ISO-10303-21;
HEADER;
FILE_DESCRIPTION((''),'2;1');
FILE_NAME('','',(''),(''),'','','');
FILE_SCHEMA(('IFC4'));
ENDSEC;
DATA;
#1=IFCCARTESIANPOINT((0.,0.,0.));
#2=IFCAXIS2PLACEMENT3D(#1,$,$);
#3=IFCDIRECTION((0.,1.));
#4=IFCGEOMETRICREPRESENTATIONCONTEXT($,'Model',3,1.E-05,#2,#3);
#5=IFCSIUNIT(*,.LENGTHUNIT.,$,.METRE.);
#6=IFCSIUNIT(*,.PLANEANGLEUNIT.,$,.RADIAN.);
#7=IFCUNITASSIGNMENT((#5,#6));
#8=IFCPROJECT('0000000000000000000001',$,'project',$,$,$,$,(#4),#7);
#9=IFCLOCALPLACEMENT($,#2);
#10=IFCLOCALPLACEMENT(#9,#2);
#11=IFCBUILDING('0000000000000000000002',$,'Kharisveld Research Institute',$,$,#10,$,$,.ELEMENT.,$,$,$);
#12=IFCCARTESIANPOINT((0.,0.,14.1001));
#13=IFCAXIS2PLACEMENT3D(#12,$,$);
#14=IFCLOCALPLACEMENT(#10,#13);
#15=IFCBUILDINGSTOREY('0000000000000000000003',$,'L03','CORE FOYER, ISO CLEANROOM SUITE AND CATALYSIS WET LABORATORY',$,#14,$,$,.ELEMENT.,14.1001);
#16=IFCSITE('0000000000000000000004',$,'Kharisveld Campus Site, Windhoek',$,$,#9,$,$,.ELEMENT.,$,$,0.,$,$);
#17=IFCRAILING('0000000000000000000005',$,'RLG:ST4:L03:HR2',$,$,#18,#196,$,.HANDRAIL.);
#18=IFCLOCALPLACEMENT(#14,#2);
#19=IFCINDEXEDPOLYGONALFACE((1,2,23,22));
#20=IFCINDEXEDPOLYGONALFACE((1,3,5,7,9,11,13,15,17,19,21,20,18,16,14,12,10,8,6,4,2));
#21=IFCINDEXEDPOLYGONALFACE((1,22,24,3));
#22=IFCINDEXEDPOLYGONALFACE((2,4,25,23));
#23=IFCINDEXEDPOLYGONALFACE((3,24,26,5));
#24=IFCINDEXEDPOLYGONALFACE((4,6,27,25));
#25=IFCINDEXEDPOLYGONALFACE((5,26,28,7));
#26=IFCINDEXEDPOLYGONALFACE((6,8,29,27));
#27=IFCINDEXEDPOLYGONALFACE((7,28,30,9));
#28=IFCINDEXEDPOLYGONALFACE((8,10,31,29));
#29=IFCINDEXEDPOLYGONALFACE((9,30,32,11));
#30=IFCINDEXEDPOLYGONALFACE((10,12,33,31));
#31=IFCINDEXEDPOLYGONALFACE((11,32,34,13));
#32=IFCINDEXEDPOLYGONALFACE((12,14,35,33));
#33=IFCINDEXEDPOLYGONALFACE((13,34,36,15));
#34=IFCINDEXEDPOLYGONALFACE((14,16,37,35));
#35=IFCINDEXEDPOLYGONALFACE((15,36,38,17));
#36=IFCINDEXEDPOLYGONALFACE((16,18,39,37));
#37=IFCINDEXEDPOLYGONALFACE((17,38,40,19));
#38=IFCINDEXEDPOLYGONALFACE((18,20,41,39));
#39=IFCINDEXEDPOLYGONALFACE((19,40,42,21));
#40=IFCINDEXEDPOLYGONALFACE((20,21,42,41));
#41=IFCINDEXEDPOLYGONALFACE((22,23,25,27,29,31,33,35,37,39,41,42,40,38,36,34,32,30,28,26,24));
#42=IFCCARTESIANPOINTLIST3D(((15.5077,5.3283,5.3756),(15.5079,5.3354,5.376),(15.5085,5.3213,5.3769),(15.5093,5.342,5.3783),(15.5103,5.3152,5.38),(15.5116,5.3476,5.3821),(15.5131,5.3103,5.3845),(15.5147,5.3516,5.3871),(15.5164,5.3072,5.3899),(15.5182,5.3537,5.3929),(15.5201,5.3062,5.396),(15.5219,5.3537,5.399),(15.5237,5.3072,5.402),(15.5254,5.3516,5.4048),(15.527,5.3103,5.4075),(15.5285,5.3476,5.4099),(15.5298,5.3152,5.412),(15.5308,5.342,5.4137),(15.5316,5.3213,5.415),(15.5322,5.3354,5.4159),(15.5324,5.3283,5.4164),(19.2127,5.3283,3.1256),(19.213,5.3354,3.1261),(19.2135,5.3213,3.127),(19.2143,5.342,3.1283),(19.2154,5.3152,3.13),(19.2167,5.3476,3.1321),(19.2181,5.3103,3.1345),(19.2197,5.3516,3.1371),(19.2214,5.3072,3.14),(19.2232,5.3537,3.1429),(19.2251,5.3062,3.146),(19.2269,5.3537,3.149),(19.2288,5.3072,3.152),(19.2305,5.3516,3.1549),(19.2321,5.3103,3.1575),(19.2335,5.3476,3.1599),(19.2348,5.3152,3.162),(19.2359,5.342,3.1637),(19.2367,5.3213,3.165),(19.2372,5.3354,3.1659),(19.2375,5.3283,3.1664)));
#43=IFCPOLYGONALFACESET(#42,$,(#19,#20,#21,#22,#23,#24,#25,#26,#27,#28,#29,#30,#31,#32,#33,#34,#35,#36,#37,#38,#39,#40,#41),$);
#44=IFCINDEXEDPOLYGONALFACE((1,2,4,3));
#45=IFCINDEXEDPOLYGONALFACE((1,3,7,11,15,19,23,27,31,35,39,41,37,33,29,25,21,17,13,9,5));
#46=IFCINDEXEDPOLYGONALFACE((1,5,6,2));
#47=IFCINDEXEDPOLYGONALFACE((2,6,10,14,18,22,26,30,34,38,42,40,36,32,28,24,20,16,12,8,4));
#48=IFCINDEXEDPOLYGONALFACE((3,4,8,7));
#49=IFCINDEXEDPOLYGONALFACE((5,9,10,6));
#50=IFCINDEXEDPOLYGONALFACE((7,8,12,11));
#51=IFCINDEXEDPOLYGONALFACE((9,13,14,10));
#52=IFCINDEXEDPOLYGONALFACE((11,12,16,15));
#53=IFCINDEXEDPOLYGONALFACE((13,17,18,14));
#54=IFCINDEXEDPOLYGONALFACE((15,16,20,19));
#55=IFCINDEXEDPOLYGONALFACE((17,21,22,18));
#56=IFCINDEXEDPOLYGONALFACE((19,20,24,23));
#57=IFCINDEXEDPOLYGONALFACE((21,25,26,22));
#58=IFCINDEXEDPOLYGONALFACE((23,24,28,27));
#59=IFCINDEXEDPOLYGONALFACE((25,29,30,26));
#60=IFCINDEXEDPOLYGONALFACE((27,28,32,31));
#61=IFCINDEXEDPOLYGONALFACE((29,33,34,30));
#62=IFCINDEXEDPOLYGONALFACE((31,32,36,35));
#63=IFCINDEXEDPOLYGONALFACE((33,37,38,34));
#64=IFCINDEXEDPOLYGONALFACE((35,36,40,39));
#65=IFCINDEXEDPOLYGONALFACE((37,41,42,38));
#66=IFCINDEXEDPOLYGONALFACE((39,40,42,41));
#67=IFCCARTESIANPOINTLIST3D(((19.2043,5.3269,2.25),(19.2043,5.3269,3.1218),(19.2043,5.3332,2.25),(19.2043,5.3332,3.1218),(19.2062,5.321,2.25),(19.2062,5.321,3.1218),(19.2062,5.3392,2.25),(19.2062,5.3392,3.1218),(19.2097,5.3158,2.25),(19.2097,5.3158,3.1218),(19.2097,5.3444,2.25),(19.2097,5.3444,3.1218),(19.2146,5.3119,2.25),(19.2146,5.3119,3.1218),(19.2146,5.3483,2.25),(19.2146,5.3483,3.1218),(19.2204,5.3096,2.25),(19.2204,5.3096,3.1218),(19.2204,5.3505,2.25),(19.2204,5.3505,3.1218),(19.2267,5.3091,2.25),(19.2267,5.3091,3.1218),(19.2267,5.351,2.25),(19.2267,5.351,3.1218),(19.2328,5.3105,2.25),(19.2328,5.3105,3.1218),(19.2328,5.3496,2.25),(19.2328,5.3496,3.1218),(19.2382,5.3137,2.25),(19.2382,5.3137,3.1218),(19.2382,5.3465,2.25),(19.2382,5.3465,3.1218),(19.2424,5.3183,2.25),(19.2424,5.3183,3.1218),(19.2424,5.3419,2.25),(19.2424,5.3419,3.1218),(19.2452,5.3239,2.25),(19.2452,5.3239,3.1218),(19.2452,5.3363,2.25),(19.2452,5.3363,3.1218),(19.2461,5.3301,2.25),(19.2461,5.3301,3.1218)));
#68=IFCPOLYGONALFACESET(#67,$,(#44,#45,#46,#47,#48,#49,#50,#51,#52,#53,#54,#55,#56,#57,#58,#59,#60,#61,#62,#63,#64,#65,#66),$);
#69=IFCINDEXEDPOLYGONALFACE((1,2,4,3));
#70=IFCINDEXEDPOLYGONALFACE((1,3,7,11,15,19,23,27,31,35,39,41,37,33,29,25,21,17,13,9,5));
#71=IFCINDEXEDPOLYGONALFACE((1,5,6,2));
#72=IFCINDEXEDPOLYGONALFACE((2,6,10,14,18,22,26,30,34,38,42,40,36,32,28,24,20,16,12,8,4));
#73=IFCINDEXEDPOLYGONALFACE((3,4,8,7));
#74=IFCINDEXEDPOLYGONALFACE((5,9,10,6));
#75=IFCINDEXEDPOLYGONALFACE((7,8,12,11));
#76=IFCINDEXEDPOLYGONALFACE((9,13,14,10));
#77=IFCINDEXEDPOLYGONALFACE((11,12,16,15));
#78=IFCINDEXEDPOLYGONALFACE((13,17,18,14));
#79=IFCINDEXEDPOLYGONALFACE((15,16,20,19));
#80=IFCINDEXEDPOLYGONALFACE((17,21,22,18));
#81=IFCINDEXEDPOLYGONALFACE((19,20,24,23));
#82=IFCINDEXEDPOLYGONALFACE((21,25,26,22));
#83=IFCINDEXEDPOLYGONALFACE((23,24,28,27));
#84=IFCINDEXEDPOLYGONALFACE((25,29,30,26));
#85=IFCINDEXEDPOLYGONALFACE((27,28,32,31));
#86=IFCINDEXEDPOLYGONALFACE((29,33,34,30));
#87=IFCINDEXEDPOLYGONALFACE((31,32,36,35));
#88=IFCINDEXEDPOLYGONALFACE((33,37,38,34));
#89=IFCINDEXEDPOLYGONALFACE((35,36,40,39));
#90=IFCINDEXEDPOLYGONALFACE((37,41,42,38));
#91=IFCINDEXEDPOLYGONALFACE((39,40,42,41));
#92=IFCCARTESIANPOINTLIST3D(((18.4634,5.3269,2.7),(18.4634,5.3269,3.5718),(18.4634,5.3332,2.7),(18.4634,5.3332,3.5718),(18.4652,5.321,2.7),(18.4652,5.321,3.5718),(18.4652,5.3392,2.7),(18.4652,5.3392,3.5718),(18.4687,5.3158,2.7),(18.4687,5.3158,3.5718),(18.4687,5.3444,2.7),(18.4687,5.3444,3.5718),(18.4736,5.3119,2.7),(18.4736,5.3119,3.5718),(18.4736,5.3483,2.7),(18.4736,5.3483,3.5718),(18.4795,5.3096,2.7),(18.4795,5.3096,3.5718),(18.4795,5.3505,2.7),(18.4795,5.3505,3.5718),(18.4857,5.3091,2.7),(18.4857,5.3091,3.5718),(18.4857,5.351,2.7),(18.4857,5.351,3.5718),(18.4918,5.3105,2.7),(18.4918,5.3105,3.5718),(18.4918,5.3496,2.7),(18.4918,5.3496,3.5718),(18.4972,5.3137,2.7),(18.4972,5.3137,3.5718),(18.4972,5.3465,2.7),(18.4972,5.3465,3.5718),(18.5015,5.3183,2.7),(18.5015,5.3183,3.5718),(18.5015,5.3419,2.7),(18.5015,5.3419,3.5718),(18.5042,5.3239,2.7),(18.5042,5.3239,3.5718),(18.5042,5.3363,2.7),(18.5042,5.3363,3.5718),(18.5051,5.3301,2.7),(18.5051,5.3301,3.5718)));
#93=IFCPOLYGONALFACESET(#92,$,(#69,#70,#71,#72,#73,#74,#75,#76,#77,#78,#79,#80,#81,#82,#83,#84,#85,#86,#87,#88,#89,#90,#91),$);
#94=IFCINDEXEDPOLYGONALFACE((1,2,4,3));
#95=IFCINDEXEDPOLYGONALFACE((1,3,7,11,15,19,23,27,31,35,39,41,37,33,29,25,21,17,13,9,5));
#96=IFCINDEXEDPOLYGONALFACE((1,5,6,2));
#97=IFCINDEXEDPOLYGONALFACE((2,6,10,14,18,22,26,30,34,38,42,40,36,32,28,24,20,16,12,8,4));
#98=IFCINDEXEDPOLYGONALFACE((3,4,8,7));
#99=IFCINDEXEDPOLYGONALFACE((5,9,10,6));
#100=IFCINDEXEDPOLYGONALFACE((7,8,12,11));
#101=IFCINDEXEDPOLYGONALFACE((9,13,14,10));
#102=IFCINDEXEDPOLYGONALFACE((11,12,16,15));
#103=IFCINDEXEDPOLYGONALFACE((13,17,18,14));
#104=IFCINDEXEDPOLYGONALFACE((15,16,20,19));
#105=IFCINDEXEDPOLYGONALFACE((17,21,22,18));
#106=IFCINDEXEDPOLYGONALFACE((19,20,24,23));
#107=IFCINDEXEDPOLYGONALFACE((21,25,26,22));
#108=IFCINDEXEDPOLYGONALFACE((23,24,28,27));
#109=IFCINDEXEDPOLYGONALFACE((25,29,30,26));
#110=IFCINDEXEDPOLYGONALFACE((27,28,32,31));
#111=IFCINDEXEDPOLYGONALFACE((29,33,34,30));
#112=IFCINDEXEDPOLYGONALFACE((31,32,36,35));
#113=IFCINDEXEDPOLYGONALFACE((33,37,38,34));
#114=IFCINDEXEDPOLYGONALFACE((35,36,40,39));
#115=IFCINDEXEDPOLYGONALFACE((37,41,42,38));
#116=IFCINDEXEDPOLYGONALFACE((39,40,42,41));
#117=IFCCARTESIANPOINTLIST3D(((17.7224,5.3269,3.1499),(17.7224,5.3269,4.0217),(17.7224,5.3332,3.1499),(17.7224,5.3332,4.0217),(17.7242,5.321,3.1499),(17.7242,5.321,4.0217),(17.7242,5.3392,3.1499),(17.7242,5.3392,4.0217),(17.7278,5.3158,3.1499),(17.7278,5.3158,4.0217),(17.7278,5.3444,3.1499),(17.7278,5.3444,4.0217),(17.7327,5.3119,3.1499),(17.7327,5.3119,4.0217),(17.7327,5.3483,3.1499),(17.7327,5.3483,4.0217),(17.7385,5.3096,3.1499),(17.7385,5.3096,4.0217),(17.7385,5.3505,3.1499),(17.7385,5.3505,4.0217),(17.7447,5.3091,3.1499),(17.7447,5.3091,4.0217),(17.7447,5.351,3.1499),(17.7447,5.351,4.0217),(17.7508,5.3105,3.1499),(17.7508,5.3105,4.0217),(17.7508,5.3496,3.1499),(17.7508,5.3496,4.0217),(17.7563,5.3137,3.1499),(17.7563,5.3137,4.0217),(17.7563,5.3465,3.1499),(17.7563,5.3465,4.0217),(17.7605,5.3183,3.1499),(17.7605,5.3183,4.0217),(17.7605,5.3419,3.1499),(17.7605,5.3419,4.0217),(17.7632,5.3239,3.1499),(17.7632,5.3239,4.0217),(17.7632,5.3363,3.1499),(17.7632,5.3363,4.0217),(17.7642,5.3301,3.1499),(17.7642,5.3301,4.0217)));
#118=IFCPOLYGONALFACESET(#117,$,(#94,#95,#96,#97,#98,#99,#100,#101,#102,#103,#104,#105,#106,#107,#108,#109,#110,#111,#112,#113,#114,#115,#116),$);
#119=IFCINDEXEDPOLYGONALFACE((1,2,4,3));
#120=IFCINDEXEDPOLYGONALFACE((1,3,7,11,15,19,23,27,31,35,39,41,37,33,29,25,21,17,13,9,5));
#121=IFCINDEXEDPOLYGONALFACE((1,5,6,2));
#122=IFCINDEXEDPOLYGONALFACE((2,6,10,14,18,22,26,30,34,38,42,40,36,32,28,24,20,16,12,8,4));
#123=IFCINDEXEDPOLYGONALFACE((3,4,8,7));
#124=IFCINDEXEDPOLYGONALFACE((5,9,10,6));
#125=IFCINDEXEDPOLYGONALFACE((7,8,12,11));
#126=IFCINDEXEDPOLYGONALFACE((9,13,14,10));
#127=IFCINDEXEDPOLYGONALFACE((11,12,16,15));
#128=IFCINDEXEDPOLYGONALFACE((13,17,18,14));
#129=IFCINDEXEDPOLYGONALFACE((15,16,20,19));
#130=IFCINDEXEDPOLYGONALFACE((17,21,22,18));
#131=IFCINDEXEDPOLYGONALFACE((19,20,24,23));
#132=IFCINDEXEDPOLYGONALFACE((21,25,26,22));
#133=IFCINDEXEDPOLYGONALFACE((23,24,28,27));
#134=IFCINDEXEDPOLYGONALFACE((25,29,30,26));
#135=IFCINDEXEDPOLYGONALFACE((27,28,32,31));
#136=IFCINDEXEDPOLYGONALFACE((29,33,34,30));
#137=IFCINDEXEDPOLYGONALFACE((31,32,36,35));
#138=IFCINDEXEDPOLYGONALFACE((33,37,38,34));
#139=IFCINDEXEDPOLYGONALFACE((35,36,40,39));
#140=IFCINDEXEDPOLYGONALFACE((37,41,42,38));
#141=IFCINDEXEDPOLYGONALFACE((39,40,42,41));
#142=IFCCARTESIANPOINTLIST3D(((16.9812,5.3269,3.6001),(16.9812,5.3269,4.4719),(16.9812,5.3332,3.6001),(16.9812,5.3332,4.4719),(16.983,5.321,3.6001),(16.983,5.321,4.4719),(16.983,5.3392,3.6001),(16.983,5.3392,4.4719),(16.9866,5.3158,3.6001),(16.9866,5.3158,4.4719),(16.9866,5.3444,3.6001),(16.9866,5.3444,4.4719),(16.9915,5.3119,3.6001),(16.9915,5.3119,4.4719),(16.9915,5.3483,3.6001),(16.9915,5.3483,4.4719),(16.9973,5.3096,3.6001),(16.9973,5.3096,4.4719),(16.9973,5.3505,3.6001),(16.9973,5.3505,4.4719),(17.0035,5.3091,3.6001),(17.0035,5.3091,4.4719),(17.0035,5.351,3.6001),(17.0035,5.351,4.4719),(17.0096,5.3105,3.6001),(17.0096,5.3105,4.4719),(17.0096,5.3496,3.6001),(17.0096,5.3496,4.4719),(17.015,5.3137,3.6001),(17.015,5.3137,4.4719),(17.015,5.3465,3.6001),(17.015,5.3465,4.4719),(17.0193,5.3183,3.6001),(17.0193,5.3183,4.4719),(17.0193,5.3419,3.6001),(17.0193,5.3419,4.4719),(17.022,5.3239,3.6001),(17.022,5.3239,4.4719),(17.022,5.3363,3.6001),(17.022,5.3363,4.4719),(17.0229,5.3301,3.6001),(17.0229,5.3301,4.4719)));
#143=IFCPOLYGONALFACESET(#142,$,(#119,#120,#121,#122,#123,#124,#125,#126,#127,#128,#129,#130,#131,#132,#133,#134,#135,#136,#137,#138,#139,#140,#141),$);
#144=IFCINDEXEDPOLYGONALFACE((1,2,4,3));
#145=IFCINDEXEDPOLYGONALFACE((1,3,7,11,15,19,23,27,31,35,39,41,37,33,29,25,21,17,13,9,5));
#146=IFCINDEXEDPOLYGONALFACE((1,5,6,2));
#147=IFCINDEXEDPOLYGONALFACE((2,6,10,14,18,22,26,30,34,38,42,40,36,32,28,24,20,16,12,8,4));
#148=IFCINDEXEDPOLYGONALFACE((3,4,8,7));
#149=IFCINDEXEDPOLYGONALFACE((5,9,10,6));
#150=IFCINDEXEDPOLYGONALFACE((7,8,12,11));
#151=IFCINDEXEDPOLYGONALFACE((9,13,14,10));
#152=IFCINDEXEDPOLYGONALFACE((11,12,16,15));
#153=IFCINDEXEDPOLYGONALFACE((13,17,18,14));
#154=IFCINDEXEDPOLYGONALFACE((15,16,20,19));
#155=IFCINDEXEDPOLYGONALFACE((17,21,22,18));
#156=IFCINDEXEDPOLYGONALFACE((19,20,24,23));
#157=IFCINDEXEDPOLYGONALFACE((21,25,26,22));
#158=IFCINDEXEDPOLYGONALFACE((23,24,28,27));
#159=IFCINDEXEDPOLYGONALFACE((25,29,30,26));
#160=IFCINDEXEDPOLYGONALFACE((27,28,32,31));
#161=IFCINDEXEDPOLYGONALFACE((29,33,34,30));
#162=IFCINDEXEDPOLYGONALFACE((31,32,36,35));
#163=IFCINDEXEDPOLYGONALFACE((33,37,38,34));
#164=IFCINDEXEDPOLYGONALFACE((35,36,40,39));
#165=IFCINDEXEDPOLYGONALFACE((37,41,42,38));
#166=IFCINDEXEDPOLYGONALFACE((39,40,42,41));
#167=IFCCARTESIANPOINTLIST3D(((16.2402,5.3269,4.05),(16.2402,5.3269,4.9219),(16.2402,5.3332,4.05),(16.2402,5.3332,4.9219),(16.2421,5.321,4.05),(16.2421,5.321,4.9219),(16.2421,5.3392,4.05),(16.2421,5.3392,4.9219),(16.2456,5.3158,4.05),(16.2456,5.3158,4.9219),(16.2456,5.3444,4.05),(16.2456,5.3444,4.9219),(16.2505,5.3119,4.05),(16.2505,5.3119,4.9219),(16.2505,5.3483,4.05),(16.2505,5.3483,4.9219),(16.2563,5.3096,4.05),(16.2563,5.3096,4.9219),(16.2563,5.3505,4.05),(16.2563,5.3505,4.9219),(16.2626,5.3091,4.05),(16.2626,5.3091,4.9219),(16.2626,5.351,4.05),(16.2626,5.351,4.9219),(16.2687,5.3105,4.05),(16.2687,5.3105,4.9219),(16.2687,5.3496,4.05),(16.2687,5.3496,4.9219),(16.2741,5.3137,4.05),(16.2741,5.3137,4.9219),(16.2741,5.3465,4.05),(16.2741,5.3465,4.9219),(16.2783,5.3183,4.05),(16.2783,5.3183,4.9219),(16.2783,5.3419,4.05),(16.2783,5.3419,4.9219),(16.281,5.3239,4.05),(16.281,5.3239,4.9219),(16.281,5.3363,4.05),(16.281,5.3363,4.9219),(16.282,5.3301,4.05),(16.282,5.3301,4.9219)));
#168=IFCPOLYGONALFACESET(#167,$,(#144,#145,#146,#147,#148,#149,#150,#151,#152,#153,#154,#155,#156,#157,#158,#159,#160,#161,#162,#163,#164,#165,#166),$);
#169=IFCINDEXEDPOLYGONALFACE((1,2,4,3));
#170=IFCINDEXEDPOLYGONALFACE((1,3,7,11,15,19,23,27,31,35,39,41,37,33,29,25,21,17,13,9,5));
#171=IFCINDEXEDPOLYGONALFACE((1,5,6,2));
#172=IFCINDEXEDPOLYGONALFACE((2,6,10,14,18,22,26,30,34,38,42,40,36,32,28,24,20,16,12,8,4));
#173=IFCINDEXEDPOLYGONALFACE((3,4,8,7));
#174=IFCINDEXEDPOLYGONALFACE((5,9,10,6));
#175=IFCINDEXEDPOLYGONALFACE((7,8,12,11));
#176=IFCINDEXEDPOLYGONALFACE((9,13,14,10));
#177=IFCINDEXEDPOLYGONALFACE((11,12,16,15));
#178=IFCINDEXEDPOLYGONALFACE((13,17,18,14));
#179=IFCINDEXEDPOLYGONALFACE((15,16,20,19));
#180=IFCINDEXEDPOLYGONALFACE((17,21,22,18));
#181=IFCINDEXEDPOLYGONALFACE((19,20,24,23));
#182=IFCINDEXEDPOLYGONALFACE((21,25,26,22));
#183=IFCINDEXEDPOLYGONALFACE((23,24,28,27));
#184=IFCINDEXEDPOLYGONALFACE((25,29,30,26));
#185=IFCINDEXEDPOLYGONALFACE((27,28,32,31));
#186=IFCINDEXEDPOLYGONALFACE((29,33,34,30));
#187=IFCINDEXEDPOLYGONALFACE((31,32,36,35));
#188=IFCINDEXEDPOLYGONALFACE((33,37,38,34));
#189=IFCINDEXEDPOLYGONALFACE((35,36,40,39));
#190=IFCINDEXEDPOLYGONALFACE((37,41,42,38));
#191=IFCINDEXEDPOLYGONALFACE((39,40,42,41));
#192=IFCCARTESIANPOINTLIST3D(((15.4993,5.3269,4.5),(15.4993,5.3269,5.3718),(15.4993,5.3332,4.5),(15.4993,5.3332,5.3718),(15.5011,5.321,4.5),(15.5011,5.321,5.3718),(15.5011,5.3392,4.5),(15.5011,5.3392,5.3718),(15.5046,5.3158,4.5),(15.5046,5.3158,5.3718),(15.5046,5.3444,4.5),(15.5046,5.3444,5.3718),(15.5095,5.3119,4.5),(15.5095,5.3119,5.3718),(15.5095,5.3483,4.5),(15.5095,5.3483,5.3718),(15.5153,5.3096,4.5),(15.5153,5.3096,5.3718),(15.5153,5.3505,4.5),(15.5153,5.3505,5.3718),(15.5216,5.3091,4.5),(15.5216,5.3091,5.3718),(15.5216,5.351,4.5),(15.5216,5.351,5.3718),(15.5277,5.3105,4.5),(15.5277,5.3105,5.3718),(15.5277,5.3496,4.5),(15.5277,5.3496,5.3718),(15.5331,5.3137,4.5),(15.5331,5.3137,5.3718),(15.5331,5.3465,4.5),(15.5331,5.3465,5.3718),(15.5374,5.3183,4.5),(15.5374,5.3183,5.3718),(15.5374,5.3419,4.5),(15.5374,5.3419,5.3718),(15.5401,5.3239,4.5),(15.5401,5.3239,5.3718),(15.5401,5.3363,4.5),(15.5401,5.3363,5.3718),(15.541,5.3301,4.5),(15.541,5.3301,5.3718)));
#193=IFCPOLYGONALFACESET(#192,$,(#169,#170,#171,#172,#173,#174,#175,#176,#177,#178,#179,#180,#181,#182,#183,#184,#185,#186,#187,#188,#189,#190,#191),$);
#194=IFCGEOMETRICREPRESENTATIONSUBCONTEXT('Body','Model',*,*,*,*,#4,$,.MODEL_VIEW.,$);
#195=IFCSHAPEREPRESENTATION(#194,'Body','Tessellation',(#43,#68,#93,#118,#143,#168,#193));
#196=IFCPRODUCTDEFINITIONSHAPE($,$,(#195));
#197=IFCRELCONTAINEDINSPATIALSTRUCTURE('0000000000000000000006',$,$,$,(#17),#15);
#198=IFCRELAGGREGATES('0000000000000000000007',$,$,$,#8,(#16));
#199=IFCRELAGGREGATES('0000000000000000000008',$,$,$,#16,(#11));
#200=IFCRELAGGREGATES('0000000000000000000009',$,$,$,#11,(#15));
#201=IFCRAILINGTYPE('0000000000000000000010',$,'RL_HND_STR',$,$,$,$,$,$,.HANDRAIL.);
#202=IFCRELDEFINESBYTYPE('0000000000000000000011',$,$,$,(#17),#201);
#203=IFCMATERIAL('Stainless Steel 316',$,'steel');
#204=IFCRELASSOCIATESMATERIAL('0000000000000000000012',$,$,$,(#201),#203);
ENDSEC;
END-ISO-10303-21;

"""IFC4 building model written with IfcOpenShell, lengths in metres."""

from ifc_helpers import new_model, si_unit, direction, frame, origin, origin_2d, place, context, subcontext, project, spatial, circle, extrude, material, type_object, element, save


model = new_model("IFC4")

# Units and contexts
model_context = context("Model", 3, precision=1e-05, world=origin(), true_north=direction((0.0, 1.0)))
body_context = subcontext(model_context, "Body", "Model", "MODEL_VIEW")
ifc_project = project(units=[si_unit("LENGTHUNIT", "METRE"), si_unit("PLANEANGLEUNIT", "RADIAN")], contexts=[model_context])

# Site, building, storey
site_placement = place(None, origin())
site = spatial("IfcSite", under=ifc_project, at=site_placement, Name="Kharisveld Campus Site, Windhoek", CompositionType="ELEMENT", RefElevation=0.0)
building_placement = place(site_placement, origin())
building = spatial("IfcBuilding", under=site, at=building_placement, Name="Kharisveld Research Institute", CompositionType="ELEMENT")
storey_placement = place(building_placement, frame((0.0, 0.0, 14.1001)))
storey = spatial("IfcBuildingStorey", under=building, at=storey_placement, Name="L03", Description="CORE FOYER, ISO CLEANROOM SUITE AND CATALYSIS WET LABORATORY", CompositionType="ELEMENT", Elevation=14.1001)

# Railing
ifc_material_1 = material(Name="Stainless Steel 316", Category="steel")
railing_type_1 = type_object("IfcRailingType", Name="RL_HND_STR", PredefinedType="HANDRAIL", material=ifc_material_1)
railing_1_placement = place(storey_placement, frame((19.2251, 5.3301, 2.25)))
element("IfcRailing", 1, at=railing_1_placement, inside=storey, type_object=railing_type_1, Name="RLG:ST4:L03:HR2", PredefinedType="HANDRAIL", context=body_context, shape_type="SweptSolid", body=[
    extrude(circle(Radius=0.0239, at=origin_2d()), frame((0.0, 0.0, 0.896), z_axis=(-0.854738, 0.0, 0.51906), x_axis=(0.0, -1.0, 0.0)), (0.0, 0.0, 1.0), 4.3347),
    extrude(circle(Radius=0.021, at=origin_2d()), origin(), (0.0, 0.0, 1.0), 0.8718),
    extrude(circle(Radius=0.021, at=origin_2d()), frame((-0.741, 0.0, 0.45)), (0.0, 0.0, 1.0), 0.8718),
    extrude(circle(Radius=0.021, at=origin_2d()), frame((-1.4819, 0.0, 0.8999)), (0.0, 0.0, 1.0), 0.8718),
    extrude(circle(Radius=0.021, at=origin_2d()), frame((-2.2231, 0.0, 1.3501)), (0.0, 0.0, 1.0), 0.8718),
    extrude(circle(Radius=0.021, at=origin_2d()), frame((-2.9641, 0.0, 1.8)), (0.0, 0.0, 1.0), 0.8718),
    extrude(circle(Radius=0.021, at=origin_2d()), frame((-3.7051, 0.0, 2.25)), (0.0, 0.0, 1.0), 0.8718),
])

save(model, "model.ifc")
